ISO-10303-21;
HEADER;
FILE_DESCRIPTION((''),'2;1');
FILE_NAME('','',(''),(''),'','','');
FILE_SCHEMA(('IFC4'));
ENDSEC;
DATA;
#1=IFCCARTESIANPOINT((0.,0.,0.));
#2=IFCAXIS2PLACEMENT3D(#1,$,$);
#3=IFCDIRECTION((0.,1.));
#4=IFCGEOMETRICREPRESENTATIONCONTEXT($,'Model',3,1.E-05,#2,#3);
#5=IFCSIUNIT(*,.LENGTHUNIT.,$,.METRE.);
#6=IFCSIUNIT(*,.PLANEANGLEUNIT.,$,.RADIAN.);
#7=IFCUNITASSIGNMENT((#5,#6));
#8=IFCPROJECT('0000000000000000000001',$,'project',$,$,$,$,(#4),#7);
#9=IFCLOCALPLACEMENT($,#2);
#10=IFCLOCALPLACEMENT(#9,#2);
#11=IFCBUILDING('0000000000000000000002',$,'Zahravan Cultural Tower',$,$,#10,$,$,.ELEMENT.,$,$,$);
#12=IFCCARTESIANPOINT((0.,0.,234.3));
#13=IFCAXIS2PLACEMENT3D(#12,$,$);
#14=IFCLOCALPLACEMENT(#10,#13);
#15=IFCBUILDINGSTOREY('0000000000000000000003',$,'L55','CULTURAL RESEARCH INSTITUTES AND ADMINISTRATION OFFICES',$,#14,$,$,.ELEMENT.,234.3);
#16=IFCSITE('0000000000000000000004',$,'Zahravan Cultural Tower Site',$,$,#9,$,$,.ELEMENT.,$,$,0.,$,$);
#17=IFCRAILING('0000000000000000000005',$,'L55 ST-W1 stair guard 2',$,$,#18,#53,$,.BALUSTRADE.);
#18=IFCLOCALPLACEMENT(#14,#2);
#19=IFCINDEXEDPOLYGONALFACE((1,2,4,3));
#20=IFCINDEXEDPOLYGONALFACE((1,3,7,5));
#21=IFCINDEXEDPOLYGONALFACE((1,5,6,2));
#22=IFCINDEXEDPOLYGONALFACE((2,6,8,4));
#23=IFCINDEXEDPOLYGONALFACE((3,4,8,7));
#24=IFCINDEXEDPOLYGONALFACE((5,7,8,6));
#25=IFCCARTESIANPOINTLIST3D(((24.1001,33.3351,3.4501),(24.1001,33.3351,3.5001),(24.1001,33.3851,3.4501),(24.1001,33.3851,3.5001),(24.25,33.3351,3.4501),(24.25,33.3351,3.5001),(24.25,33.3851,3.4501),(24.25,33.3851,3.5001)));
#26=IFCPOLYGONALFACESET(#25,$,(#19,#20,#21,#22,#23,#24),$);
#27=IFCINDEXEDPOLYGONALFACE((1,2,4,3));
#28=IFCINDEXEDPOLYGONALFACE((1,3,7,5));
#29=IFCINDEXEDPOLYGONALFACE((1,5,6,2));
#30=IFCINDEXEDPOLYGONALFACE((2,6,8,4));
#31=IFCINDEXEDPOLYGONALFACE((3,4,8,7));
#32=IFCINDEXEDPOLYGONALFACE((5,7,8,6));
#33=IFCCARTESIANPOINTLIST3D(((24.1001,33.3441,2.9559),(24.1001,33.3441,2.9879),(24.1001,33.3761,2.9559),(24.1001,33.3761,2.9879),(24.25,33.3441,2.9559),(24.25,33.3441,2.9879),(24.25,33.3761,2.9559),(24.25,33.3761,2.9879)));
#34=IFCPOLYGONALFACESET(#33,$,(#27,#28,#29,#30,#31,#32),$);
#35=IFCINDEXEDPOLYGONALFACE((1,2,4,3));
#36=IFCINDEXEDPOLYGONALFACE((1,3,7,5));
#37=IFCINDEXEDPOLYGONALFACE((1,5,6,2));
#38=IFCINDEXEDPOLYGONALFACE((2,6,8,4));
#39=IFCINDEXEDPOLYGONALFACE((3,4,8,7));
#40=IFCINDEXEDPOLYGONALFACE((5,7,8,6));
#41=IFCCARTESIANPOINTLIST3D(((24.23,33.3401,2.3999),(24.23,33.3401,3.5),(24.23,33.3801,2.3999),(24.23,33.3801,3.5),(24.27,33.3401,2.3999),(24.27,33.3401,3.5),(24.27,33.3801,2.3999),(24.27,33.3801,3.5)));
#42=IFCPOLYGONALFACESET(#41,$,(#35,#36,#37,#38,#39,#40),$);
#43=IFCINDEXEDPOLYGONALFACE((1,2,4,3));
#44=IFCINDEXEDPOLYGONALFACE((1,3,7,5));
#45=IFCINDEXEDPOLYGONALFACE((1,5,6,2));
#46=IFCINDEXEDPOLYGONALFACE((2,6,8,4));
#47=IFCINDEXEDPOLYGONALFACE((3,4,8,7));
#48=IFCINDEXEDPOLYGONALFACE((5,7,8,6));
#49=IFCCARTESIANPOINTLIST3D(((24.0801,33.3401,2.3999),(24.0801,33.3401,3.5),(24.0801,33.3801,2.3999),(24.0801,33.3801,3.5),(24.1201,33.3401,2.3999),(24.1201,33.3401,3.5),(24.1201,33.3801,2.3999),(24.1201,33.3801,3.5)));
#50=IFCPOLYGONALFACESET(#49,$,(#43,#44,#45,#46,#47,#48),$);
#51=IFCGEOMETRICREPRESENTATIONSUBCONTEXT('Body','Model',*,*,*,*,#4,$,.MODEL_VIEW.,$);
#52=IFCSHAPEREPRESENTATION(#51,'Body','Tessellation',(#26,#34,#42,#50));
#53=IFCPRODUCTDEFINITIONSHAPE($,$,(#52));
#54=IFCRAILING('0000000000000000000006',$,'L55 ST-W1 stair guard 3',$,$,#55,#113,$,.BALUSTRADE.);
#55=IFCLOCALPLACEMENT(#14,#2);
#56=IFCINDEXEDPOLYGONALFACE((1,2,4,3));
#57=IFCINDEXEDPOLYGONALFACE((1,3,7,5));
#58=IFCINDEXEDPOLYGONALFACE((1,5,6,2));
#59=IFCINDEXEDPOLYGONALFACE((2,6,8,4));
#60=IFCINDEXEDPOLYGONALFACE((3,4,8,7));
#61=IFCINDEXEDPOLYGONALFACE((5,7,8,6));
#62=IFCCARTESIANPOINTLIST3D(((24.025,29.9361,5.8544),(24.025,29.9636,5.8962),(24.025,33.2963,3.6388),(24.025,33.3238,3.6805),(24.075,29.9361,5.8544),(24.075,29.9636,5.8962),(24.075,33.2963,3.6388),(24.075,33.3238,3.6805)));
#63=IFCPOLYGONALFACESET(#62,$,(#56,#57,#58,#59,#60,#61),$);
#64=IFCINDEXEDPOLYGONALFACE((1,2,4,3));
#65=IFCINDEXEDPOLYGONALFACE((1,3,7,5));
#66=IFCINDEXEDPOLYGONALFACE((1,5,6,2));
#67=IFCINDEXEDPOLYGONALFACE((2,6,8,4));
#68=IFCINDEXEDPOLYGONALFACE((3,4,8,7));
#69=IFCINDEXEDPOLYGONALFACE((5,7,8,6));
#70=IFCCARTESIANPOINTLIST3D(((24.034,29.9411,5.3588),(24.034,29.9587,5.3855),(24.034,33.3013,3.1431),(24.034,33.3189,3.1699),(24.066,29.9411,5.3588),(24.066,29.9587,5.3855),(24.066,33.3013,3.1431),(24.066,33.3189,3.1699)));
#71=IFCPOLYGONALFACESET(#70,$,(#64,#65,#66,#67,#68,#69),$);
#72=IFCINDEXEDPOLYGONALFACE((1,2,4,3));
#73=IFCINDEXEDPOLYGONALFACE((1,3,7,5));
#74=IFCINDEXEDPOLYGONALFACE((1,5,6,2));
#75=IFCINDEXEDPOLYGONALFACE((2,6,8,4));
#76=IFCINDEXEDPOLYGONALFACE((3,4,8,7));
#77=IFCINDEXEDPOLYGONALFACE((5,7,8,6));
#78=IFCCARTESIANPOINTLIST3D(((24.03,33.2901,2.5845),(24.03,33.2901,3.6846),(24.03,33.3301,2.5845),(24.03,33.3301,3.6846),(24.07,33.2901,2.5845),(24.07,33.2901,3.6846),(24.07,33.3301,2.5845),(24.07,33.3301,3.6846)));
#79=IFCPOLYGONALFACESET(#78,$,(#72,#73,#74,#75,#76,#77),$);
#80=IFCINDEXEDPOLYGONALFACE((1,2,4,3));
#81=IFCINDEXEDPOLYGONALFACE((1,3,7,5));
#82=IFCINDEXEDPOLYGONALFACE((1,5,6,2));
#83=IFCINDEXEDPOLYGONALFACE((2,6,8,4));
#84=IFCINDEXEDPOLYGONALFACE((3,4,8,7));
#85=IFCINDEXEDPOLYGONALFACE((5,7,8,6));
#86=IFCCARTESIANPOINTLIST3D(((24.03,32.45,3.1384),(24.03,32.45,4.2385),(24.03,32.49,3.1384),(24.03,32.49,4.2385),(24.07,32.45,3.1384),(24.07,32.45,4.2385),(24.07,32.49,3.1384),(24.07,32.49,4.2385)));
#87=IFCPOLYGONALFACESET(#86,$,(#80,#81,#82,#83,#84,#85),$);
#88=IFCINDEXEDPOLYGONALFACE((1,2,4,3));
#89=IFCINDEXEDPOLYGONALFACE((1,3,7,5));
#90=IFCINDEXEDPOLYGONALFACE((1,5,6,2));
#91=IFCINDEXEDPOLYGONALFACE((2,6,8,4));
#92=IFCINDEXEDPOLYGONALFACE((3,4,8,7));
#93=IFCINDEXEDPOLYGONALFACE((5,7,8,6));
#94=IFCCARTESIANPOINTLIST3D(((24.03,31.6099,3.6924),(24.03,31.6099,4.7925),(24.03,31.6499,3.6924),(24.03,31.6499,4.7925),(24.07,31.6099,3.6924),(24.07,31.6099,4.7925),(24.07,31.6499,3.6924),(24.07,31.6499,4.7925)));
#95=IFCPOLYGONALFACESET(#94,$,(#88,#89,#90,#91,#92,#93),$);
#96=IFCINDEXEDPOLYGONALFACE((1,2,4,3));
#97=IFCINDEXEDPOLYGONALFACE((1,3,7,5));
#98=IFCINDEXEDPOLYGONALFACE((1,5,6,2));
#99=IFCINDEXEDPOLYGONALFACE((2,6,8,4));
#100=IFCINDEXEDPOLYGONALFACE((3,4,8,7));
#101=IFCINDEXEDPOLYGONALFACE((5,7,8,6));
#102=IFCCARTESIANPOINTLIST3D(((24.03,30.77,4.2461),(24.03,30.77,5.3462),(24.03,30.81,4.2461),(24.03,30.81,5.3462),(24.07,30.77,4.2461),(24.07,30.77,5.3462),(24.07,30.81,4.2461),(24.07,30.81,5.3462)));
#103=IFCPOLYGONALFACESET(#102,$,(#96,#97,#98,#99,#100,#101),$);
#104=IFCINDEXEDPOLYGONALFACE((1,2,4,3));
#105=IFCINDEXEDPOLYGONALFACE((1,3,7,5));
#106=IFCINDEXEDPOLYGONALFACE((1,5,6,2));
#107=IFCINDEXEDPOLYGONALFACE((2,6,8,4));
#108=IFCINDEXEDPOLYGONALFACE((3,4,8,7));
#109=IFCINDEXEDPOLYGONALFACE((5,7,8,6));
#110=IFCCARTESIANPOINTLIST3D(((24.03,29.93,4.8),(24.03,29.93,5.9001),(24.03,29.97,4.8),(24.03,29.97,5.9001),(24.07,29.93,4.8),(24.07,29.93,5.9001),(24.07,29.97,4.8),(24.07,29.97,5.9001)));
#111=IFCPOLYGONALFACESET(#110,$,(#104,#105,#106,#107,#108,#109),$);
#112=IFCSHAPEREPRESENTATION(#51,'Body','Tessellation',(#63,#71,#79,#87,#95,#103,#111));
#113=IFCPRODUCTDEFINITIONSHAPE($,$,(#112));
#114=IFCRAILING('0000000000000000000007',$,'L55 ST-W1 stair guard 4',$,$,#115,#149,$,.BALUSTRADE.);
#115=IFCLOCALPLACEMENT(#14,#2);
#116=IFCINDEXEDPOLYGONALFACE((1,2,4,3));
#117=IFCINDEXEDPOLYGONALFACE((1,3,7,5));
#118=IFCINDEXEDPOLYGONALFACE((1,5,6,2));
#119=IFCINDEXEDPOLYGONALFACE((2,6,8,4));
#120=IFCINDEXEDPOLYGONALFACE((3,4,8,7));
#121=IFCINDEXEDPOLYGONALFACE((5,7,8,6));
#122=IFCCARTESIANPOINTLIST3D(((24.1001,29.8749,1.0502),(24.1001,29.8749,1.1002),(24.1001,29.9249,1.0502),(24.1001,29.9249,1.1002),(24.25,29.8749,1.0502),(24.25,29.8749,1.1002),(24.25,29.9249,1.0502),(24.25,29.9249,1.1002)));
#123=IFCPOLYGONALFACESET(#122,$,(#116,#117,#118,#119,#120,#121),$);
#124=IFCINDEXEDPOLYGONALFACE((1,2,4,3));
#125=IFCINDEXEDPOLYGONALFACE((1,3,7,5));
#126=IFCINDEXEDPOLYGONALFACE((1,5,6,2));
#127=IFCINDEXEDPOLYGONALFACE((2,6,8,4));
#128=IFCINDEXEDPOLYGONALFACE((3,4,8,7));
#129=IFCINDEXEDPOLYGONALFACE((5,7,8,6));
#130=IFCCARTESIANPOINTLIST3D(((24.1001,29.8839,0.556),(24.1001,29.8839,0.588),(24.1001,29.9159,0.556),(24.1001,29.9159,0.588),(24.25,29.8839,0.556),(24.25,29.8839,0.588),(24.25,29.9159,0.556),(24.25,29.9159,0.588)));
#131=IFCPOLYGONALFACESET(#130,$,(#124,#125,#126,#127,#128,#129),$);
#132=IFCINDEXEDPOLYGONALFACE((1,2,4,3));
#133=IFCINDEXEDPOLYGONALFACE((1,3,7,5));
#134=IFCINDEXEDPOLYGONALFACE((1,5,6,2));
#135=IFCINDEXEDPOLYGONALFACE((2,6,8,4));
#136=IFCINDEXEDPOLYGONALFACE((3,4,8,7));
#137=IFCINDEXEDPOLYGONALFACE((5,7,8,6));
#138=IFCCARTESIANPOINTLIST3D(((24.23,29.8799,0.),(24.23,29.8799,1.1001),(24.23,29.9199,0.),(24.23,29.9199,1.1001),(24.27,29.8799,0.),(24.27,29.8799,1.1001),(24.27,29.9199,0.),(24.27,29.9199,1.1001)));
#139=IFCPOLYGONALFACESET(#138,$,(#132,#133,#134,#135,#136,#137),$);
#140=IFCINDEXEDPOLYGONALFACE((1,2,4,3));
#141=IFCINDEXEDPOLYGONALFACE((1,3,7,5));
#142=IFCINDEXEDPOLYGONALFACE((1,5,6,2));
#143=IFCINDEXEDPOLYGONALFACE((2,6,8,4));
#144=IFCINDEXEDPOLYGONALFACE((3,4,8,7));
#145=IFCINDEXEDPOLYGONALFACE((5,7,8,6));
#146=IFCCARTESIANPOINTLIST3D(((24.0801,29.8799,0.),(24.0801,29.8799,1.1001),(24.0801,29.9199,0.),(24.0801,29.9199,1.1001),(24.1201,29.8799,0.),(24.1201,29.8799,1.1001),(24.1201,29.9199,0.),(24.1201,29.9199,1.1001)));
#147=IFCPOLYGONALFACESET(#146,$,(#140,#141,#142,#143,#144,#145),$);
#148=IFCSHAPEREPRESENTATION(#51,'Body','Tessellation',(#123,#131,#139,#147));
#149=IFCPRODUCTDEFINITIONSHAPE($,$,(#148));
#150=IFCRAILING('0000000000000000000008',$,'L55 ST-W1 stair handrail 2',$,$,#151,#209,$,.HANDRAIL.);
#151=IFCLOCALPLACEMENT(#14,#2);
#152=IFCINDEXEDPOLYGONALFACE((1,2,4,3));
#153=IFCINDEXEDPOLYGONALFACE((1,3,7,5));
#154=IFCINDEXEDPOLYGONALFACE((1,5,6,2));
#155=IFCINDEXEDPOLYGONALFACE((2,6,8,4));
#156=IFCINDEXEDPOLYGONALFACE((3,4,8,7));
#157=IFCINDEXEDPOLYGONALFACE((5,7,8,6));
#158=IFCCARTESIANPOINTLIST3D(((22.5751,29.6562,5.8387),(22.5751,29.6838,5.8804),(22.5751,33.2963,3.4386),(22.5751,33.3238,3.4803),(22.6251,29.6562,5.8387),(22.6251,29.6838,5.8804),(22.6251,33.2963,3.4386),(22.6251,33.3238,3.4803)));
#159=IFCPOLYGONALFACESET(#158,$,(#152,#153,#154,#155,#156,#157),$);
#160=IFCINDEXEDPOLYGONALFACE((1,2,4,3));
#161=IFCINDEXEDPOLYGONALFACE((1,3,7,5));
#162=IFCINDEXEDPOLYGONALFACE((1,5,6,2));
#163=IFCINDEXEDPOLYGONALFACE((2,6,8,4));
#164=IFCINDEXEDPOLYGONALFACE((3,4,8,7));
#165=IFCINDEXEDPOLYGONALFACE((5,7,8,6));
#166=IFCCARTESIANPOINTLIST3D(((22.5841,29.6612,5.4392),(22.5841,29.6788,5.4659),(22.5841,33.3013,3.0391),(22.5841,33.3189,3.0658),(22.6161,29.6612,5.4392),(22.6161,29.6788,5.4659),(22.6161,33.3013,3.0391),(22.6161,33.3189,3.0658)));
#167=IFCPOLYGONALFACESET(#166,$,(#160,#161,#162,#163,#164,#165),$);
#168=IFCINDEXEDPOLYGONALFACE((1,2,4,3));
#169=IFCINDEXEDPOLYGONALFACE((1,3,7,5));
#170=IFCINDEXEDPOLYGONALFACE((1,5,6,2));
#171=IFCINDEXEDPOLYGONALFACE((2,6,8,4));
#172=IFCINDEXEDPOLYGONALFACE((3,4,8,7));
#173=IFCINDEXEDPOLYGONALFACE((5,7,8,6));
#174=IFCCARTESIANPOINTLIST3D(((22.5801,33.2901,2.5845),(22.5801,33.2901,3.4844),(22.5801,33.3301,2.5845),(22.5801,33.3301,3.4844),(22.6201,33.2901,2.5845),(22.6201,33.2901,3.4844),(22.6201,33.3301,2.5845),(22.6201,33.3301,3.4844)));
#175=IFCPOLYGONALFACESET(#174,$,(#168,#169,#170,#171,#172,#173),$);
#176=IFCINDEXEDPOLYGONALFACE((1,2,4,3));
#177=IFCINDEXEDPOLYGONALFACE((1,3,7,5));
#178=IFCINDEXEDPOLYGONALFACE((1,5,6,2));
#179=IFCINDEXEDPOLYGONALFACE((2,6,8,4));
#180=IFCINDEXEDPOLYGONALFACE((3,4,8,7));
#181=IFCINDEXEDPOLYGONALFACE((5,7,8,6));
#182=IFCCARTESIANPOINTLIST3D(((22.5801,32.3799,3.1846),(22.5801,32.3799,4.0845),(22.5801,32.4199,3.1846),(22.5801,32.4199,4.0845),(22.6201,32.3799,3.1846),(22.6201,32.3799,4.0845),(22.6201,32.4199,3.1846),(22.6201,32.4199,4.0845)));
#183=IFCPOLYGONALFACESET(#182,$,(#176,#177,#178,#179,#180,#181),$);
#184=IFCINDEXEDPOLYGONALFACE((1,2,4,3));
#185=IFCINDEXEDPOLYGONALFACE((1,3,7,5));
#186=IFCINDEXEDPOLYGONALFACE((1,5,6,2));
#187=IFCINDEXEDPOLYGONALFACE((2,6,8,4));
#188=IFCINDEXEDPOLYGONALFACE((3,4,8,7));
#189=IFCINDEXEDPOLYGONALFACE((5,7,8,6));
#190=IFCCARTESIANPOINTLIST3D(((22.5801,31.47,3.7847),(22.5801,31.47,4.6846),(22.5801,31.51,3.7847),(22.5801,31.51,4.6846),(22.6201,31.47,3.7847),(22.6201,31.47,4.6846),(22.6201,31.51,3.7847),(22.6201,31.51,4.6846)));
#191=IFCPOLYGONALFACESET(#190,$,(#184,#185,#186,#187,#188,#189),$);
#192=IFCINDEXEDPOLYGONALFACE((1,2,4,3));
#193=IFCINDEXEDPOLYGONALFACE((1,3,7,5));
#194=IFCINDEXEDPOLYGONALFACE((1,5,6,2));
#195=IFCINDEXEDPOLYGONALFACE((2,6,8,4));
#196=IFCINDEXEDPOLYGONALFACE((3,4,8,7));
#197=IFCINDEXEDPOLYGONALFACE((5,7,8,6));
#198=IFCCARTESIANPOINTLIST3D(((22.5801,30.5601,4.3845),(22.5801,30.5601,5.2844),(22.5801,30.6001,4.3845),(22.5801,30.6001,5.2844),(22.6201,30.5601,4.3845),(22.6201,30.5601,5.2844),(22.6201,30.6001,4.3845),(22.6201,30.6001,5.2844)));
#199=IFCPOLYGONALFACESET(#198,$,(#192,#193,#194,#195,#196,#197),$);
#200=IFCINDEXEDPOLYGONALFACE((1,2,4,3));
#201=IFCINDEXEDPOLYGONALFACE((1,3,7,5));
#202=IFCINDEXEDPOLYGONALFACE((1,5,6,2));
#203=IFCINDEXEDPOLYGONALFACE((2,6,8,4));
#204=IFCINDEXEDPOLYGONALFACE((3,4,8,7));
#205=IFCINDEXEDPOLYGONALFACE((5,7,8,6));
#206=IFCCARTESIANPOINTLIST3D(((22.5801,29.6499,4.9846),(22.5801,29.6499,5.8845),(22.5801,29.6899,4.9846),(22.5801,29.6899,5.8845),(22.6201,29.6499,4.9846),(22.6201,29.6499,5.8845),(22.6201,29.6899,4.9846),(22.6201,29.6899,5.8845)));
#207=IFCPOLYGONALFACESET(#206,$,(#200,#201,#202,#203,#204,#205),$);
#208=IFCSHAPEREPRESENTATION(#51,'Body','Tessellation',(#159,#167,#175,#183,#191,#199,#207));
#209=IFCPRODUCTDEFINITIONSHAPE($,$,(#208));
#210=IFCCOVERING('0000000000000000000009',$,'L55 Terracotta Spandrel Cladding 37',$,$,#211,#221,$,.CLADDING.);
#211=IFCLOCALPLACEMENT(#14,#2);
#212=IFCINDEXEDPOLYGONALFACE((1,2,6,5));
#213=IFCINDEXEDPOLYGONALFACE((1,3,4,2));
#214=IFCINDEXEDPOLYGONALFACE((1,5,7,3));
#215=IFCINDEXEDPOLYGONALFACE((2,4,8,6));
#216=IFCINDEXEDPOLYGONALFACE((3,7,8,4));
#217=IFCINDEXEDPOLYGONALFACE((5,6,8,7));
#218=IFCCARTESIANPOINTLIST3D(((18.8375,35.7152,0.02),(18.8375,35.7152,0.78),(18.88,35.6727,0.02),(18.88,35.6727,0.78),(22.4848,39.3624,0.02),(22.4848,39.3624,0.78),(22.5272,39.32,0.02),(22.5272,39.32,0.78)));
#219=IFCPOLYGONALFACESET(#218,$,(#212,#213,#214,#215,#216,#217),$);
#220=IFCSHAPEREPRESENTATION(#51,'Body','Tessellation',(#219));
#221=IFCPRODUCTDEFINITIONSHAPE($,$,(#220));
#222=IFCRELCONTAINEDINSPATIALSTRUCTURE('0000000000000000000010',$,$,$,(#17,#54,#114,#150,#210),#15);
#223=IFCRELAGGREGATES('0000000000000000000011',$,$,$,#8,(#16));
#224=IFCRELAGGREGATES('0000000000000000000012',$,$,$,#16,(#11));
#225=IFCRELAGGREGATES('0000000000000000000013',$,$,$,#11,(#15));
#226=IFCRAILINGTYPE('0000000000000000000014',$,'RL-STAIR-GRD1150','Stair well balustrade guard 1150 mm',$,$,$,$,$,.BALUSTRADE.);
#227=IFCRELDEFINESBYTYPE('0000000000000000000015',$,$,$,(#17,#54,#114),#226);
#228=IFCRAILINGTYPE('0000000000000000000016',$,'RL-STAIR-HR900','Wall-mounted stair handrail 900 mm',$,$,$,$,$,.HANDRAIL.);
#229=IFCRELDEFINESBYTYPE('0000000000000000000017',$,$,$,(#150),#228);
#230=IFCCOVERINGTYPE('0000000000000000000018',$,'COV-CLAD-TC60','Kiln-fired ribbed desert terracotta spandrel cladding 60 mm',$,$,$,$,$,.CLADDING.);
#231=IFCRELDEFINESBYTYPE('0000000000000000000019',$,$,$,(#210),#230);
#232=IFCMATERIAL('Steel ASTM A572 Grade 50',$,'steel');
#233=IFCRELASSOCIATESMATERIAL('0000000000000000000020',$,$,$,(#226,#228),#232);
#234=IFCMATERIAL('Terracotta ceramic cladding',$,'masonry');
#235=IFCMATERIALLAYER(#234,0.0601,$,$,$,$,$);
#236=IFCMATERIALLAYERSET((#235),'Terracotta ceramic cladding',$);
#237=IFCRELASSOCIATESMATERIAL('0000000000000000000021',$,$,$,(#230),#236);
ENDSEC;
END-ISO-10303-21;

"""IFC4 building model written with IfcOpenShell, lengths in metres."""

from ifc_helpers import new_model, si_unit, direction, frame, origin, origin_2d, place, context, subcontext, project, spatial, rectangle, extrude, source, transform, mapped, material, layer, layer_set, type_object, element, save


model = new_model("IFC4")

# Units and contexts
model_context = context("Model", 3, precision=1e-05, world=origin(), true_north=direction((0.0, 1.0)))
body_context = subcontext(model_context, "Body", "Model", "MODEL_VIEW")
ifc_project = project(units=[si_unit("LENGTHUNIT", "METRE"), si_unit("PLANEANGLEUNIT", "RADIAN")], contexts=[model_context])

# Site, building, storey
site_placement = place(None, origin())
site = spatial("IfcSite", under=ifc_project, at=site_placement, Name="Zahravan Cultural Tower Site", CompositionType="ELEMENT", RefElevation=0.0)
building_placement = place(site_placement, origin())
building = spatial("IfcBuilding", under=site, at=building_placement, Name="Zahravan Cultural Tower", CompositionType="ELEMENT")
storey_placement = place(building_placement, frame((0.0, 0.0, 234.3)))
storey = spatial("IfcBuildingStorey", under=building, at=storey_placement, Name="L55", Description="CULTURAL RESEARCH INSTITUTES AND ADMINISTRATION OFFICES", CompositionType="ELEMENT", Elevation=234.3)

# Shared definitions
ifc_material_1 = material(Name="Steel ASTM A572 Grade 50", Category="steel")

# Railings
railing_type_1 = type_object("IfcRailingType", Name="RL-STAIR-GRD1150", Description="Stair well balustrade guard 1150 mm", PredefinedType="BALUSTRADE", material=ifc_material_1)
railing_1_placement = place(storey_placement, frame((24.25, 33.3601, 2.3999)))
element("IfcRailing", 1, at=railing_1_placement, inside=storey, type_object=railing_type_1, Name="L55 ST-W1 stair guard 2", PredefinedType="BALUSTRADE", context=body_context, shape_type="SweptSolid", body=[
    extrude(rectangle(XDim=0.05, YDim=0.05, at=origin_2d()), frame((0.0, 0.0, 1.0752), z_axis=(-1.0, 0.0, 0.0), x_axis=(0.0, -1.0, 0.0)), (0.0, 0.0, 1.0), 0.1499),
    extrude(rectangle(XDim=0.032, YDim=0.032, at=origin_2d()), frame((0.0, 0.0, 0.572), z_axis=(-1.0, 0.0, 0.0), x_axis=(0.0, -1.0, 0.0)), (0.0, 0.0, 1.0), 0.1499),
    extrude(rectangle(XDim=0.04, YDim=0.04, at=origin_2d()), origin(), (0.0, 0.0, 1.0), 1.1001),
    extrude(rectangle(XDim=0.04, YDim=0.04, at=origin_2d()), frame((-0.1499, 0.0, 0.0)), (0.0, 0.0, 1.0), 1.1001),
])
railing_2_placement = place(storey_placement, frame((24.05, 33.3101, 2.5845)))
element("IfcRailing", 2, at=railing_2_placement, inside=storey, type_object=railing_type_1, Name="L55 ST-W1 stair guard 3", PredefinedType="BALUSTRADE", context=body_context, shape_type="SweptSolid", body=[
    extrude(rectangle(XDim=0.05, YDim=0.05, at=origin_2d()), frame((0.0, 0.0, 1.0752), z_axis=(0.0, -0.834849, 0.55048), x_axis=(1.0, 0.0, 0.0)), (0.0, 0.0, 1.0), 4.0249),
    extrude(rectangle(XDim=0.032, YDim=0.032, at=origin_2d()), frame((0.0, 0.0, 0.572), z_axis=(0.0, -0.834849, 0.55048), x_axis=(1.0, 0.0, 0.0)), (0.0, 0.0, 1.0), 4.0249),
    extrude(rectangle(XDim=0.04, YDim=0.04, at=origin_2d()), origin(), (0.0, 0.0, 1.0), 1.1001),
    extrude(rectangle(XDim=0.04, YDim=0.04, at=origin_2d()), frame((0.0, -0.8401, 0.554)), (0.0, 0.0, 1.0), 1.1001),
    extrude(rectangle(XDim=0.04, YDim=0.04, at=origin_2d()), frame((0.0, -1.6802, 1.1079)), (0.0, 0.0, 1.0), 1.1001),
    extrude(rectangle(XDim=0.04, YDim=0.04, at=origin_2d()), frame((0.0, -2.52, 1.6616)), (0.0, 0.0, 1.0), 1.1001),
    extrude(rectangle(XDim=0.04, YDim=0.04, at=origin_2d()), frame((0.0, -3.3601, 2.2156)), (0.0, 0.0, 1.0), 1.1001),
])
railing_3_placement = place(storey_placement, frame((24.25, 29.8999, 0.0)))
element("IfcRailing", 3, at=railing_3_placement, inside=storey, type_object=railing_type_1, Name="L55 ST-W1 stair guard 4", PredefinedType="BALUSTRADE", context=body_context, shape_type="SweptSolid", body=[
    extrude(rectangle(XDim=0.05, YDim=0.05, at=origin_2d()), frame((0.0, 0.0, 1.0752), z_axis=(-1.0, 0.0, 0.0), x_axis=(0.0, -1.0, 0.0)), (0.0, 0.0, 1.0), 0.1499),
    extrude(rectangle(XDim=0.032, YDim=0.032, at=origin_2d()), frame((0.0, 0.0, 0.572), z_axis=(-1.0, 0.0, 0.0), x_axis=(0.0, -1.0, 0.0)), (0.0, 0.0, 1.0), 0.1499),
    extrude(rectangle(XDim=0.04, YDim=0.04, at=origin_2d()), origin(), (0.0, 0.0, 1.0), 1.1001),
    extrude(rectangle(XDim=0.04, YDim=0.04, at=origin_2d()), frame((-0.1499, 0.0, 0.0)), (0.0, 0.0, 1.0), 1.1001),
])
railing_type_2 = type_object("IfcRailingType", Name="RL-STAIR-HR900", Description="Wall-mounted stair handrail 900 mm", PredefinedType="HANDRAIL", material=ifc_material_1)
railing_4_placement = place(storey_placement, frame((22.6001, 33.3101, 2.5845)))
element("IfcRailing", 4, at=railing_4_placement, inside=storey, type_object=railing_type_2, Name="L55 ST-W1 stair handrail 2", PredefinedType="HANDRAIL", context=body_context, shape_type="SweptSolid", body=[
    extrude(rectangle(XDim=0.05, YDim=0.05, at=origin_2d()), frame((0.0, 0.0, 0.875), z_axis=(0.0, -0.834856, 0.550468), x_axis=(1.0, 0.0, 0.0)), (0.0, 0.0, 1.0), 4.3601),
    extrude(rectangle(XDim=0.032, YDim=0.032, at=origin_2d()), frame((0.0, 0.0, 0.468), z_axis=(0.0, -0.834856, 0.550468), x_axis=(1.0, 0.0, 0.0)), (0.0, 0.0, 1.0), 4.3601),
    extrude(rectangle(XDim=0.04, YDim=0.04, at=origin_2d()), origin(), (0.0, 0.0, 1.0), 0.8999),
    extrude(rectangle(XDim=0.04, YDim=0.04, at=origin_2d()), frame((0.0, -0.9102, 0.6001)), (0.0, 0.0, 1.0), 0.8999),
    extrude(rectangle(XDim=0.04, YDim=0.04, at=origin_2d()), frame((0.0, -1.8201, 1.2002)), (0.0, 0.0, 1.0), 0.8999),
    extrude(rectangle(XDim=0.04, YDim=0.04, at=origin_2d()), frame((0.0, -2.73, 1.8)), (0.0, 0.0, 1.0), 0.8999),
    extrude(rectangle(XDim=0.04, YDim=0.04, at=origin_2d()), frame((0.0, -3.6401, 2.4001)), (0.0, 0.0, 1.0), 0.8999),
])

# Covering
ifc_material_2 = material(Name="Terracotta ceramic cladding", Category="masonry")
ifc_layer_1 = layer(ifc_material_2, 0.0601)
ifc_layer_set_1 = layer_set([ifc_layer_1], Name="Terracotta ceramic cladding")
covering_type = type_object("IfcCoveringType", Name="COV-CLAD-TC60", Description="Kiln-fired ribbed desert terracotta spandrel cladding 60 mm", PredefinedType="CLADDING", material=ifc_layer_set_1)
shared_shape_1 = source(origin(), body_context, "Body", "SweptSolid", [
    extrude(rectangle(XDim=5.158, YDim=0.0601, at=origin_2d()), origin(), (0.0, 0.0, 1.0), 0.76),
])
covering_1_placement = place(storey_placement, frame((20.6824, 37.5176, 0.02), z_axis=(0.0, 0.0, 1.0), x_axis=(0.707107, 0.707107, 0.0)))
element("IfcCovering", 5, at=covering_1_placement, inside=storey, type_object=covering_type, Name="L55 Terracotta Spandrel Cladding 37", PredefinedType="CLADDING", context=body_context, shape_type="MappedRepresentation", body=[
    mapped(shared_shape_1, transform((0.0, 0.0, 0.0), x_axis=(1.0, 0.0, 0.0), y_axis=(0.0, 1.0, 0.0), z_axis=(0.0, 0.0, 1.0), scale=1.0)),
])

save(model, "model.ifc")
